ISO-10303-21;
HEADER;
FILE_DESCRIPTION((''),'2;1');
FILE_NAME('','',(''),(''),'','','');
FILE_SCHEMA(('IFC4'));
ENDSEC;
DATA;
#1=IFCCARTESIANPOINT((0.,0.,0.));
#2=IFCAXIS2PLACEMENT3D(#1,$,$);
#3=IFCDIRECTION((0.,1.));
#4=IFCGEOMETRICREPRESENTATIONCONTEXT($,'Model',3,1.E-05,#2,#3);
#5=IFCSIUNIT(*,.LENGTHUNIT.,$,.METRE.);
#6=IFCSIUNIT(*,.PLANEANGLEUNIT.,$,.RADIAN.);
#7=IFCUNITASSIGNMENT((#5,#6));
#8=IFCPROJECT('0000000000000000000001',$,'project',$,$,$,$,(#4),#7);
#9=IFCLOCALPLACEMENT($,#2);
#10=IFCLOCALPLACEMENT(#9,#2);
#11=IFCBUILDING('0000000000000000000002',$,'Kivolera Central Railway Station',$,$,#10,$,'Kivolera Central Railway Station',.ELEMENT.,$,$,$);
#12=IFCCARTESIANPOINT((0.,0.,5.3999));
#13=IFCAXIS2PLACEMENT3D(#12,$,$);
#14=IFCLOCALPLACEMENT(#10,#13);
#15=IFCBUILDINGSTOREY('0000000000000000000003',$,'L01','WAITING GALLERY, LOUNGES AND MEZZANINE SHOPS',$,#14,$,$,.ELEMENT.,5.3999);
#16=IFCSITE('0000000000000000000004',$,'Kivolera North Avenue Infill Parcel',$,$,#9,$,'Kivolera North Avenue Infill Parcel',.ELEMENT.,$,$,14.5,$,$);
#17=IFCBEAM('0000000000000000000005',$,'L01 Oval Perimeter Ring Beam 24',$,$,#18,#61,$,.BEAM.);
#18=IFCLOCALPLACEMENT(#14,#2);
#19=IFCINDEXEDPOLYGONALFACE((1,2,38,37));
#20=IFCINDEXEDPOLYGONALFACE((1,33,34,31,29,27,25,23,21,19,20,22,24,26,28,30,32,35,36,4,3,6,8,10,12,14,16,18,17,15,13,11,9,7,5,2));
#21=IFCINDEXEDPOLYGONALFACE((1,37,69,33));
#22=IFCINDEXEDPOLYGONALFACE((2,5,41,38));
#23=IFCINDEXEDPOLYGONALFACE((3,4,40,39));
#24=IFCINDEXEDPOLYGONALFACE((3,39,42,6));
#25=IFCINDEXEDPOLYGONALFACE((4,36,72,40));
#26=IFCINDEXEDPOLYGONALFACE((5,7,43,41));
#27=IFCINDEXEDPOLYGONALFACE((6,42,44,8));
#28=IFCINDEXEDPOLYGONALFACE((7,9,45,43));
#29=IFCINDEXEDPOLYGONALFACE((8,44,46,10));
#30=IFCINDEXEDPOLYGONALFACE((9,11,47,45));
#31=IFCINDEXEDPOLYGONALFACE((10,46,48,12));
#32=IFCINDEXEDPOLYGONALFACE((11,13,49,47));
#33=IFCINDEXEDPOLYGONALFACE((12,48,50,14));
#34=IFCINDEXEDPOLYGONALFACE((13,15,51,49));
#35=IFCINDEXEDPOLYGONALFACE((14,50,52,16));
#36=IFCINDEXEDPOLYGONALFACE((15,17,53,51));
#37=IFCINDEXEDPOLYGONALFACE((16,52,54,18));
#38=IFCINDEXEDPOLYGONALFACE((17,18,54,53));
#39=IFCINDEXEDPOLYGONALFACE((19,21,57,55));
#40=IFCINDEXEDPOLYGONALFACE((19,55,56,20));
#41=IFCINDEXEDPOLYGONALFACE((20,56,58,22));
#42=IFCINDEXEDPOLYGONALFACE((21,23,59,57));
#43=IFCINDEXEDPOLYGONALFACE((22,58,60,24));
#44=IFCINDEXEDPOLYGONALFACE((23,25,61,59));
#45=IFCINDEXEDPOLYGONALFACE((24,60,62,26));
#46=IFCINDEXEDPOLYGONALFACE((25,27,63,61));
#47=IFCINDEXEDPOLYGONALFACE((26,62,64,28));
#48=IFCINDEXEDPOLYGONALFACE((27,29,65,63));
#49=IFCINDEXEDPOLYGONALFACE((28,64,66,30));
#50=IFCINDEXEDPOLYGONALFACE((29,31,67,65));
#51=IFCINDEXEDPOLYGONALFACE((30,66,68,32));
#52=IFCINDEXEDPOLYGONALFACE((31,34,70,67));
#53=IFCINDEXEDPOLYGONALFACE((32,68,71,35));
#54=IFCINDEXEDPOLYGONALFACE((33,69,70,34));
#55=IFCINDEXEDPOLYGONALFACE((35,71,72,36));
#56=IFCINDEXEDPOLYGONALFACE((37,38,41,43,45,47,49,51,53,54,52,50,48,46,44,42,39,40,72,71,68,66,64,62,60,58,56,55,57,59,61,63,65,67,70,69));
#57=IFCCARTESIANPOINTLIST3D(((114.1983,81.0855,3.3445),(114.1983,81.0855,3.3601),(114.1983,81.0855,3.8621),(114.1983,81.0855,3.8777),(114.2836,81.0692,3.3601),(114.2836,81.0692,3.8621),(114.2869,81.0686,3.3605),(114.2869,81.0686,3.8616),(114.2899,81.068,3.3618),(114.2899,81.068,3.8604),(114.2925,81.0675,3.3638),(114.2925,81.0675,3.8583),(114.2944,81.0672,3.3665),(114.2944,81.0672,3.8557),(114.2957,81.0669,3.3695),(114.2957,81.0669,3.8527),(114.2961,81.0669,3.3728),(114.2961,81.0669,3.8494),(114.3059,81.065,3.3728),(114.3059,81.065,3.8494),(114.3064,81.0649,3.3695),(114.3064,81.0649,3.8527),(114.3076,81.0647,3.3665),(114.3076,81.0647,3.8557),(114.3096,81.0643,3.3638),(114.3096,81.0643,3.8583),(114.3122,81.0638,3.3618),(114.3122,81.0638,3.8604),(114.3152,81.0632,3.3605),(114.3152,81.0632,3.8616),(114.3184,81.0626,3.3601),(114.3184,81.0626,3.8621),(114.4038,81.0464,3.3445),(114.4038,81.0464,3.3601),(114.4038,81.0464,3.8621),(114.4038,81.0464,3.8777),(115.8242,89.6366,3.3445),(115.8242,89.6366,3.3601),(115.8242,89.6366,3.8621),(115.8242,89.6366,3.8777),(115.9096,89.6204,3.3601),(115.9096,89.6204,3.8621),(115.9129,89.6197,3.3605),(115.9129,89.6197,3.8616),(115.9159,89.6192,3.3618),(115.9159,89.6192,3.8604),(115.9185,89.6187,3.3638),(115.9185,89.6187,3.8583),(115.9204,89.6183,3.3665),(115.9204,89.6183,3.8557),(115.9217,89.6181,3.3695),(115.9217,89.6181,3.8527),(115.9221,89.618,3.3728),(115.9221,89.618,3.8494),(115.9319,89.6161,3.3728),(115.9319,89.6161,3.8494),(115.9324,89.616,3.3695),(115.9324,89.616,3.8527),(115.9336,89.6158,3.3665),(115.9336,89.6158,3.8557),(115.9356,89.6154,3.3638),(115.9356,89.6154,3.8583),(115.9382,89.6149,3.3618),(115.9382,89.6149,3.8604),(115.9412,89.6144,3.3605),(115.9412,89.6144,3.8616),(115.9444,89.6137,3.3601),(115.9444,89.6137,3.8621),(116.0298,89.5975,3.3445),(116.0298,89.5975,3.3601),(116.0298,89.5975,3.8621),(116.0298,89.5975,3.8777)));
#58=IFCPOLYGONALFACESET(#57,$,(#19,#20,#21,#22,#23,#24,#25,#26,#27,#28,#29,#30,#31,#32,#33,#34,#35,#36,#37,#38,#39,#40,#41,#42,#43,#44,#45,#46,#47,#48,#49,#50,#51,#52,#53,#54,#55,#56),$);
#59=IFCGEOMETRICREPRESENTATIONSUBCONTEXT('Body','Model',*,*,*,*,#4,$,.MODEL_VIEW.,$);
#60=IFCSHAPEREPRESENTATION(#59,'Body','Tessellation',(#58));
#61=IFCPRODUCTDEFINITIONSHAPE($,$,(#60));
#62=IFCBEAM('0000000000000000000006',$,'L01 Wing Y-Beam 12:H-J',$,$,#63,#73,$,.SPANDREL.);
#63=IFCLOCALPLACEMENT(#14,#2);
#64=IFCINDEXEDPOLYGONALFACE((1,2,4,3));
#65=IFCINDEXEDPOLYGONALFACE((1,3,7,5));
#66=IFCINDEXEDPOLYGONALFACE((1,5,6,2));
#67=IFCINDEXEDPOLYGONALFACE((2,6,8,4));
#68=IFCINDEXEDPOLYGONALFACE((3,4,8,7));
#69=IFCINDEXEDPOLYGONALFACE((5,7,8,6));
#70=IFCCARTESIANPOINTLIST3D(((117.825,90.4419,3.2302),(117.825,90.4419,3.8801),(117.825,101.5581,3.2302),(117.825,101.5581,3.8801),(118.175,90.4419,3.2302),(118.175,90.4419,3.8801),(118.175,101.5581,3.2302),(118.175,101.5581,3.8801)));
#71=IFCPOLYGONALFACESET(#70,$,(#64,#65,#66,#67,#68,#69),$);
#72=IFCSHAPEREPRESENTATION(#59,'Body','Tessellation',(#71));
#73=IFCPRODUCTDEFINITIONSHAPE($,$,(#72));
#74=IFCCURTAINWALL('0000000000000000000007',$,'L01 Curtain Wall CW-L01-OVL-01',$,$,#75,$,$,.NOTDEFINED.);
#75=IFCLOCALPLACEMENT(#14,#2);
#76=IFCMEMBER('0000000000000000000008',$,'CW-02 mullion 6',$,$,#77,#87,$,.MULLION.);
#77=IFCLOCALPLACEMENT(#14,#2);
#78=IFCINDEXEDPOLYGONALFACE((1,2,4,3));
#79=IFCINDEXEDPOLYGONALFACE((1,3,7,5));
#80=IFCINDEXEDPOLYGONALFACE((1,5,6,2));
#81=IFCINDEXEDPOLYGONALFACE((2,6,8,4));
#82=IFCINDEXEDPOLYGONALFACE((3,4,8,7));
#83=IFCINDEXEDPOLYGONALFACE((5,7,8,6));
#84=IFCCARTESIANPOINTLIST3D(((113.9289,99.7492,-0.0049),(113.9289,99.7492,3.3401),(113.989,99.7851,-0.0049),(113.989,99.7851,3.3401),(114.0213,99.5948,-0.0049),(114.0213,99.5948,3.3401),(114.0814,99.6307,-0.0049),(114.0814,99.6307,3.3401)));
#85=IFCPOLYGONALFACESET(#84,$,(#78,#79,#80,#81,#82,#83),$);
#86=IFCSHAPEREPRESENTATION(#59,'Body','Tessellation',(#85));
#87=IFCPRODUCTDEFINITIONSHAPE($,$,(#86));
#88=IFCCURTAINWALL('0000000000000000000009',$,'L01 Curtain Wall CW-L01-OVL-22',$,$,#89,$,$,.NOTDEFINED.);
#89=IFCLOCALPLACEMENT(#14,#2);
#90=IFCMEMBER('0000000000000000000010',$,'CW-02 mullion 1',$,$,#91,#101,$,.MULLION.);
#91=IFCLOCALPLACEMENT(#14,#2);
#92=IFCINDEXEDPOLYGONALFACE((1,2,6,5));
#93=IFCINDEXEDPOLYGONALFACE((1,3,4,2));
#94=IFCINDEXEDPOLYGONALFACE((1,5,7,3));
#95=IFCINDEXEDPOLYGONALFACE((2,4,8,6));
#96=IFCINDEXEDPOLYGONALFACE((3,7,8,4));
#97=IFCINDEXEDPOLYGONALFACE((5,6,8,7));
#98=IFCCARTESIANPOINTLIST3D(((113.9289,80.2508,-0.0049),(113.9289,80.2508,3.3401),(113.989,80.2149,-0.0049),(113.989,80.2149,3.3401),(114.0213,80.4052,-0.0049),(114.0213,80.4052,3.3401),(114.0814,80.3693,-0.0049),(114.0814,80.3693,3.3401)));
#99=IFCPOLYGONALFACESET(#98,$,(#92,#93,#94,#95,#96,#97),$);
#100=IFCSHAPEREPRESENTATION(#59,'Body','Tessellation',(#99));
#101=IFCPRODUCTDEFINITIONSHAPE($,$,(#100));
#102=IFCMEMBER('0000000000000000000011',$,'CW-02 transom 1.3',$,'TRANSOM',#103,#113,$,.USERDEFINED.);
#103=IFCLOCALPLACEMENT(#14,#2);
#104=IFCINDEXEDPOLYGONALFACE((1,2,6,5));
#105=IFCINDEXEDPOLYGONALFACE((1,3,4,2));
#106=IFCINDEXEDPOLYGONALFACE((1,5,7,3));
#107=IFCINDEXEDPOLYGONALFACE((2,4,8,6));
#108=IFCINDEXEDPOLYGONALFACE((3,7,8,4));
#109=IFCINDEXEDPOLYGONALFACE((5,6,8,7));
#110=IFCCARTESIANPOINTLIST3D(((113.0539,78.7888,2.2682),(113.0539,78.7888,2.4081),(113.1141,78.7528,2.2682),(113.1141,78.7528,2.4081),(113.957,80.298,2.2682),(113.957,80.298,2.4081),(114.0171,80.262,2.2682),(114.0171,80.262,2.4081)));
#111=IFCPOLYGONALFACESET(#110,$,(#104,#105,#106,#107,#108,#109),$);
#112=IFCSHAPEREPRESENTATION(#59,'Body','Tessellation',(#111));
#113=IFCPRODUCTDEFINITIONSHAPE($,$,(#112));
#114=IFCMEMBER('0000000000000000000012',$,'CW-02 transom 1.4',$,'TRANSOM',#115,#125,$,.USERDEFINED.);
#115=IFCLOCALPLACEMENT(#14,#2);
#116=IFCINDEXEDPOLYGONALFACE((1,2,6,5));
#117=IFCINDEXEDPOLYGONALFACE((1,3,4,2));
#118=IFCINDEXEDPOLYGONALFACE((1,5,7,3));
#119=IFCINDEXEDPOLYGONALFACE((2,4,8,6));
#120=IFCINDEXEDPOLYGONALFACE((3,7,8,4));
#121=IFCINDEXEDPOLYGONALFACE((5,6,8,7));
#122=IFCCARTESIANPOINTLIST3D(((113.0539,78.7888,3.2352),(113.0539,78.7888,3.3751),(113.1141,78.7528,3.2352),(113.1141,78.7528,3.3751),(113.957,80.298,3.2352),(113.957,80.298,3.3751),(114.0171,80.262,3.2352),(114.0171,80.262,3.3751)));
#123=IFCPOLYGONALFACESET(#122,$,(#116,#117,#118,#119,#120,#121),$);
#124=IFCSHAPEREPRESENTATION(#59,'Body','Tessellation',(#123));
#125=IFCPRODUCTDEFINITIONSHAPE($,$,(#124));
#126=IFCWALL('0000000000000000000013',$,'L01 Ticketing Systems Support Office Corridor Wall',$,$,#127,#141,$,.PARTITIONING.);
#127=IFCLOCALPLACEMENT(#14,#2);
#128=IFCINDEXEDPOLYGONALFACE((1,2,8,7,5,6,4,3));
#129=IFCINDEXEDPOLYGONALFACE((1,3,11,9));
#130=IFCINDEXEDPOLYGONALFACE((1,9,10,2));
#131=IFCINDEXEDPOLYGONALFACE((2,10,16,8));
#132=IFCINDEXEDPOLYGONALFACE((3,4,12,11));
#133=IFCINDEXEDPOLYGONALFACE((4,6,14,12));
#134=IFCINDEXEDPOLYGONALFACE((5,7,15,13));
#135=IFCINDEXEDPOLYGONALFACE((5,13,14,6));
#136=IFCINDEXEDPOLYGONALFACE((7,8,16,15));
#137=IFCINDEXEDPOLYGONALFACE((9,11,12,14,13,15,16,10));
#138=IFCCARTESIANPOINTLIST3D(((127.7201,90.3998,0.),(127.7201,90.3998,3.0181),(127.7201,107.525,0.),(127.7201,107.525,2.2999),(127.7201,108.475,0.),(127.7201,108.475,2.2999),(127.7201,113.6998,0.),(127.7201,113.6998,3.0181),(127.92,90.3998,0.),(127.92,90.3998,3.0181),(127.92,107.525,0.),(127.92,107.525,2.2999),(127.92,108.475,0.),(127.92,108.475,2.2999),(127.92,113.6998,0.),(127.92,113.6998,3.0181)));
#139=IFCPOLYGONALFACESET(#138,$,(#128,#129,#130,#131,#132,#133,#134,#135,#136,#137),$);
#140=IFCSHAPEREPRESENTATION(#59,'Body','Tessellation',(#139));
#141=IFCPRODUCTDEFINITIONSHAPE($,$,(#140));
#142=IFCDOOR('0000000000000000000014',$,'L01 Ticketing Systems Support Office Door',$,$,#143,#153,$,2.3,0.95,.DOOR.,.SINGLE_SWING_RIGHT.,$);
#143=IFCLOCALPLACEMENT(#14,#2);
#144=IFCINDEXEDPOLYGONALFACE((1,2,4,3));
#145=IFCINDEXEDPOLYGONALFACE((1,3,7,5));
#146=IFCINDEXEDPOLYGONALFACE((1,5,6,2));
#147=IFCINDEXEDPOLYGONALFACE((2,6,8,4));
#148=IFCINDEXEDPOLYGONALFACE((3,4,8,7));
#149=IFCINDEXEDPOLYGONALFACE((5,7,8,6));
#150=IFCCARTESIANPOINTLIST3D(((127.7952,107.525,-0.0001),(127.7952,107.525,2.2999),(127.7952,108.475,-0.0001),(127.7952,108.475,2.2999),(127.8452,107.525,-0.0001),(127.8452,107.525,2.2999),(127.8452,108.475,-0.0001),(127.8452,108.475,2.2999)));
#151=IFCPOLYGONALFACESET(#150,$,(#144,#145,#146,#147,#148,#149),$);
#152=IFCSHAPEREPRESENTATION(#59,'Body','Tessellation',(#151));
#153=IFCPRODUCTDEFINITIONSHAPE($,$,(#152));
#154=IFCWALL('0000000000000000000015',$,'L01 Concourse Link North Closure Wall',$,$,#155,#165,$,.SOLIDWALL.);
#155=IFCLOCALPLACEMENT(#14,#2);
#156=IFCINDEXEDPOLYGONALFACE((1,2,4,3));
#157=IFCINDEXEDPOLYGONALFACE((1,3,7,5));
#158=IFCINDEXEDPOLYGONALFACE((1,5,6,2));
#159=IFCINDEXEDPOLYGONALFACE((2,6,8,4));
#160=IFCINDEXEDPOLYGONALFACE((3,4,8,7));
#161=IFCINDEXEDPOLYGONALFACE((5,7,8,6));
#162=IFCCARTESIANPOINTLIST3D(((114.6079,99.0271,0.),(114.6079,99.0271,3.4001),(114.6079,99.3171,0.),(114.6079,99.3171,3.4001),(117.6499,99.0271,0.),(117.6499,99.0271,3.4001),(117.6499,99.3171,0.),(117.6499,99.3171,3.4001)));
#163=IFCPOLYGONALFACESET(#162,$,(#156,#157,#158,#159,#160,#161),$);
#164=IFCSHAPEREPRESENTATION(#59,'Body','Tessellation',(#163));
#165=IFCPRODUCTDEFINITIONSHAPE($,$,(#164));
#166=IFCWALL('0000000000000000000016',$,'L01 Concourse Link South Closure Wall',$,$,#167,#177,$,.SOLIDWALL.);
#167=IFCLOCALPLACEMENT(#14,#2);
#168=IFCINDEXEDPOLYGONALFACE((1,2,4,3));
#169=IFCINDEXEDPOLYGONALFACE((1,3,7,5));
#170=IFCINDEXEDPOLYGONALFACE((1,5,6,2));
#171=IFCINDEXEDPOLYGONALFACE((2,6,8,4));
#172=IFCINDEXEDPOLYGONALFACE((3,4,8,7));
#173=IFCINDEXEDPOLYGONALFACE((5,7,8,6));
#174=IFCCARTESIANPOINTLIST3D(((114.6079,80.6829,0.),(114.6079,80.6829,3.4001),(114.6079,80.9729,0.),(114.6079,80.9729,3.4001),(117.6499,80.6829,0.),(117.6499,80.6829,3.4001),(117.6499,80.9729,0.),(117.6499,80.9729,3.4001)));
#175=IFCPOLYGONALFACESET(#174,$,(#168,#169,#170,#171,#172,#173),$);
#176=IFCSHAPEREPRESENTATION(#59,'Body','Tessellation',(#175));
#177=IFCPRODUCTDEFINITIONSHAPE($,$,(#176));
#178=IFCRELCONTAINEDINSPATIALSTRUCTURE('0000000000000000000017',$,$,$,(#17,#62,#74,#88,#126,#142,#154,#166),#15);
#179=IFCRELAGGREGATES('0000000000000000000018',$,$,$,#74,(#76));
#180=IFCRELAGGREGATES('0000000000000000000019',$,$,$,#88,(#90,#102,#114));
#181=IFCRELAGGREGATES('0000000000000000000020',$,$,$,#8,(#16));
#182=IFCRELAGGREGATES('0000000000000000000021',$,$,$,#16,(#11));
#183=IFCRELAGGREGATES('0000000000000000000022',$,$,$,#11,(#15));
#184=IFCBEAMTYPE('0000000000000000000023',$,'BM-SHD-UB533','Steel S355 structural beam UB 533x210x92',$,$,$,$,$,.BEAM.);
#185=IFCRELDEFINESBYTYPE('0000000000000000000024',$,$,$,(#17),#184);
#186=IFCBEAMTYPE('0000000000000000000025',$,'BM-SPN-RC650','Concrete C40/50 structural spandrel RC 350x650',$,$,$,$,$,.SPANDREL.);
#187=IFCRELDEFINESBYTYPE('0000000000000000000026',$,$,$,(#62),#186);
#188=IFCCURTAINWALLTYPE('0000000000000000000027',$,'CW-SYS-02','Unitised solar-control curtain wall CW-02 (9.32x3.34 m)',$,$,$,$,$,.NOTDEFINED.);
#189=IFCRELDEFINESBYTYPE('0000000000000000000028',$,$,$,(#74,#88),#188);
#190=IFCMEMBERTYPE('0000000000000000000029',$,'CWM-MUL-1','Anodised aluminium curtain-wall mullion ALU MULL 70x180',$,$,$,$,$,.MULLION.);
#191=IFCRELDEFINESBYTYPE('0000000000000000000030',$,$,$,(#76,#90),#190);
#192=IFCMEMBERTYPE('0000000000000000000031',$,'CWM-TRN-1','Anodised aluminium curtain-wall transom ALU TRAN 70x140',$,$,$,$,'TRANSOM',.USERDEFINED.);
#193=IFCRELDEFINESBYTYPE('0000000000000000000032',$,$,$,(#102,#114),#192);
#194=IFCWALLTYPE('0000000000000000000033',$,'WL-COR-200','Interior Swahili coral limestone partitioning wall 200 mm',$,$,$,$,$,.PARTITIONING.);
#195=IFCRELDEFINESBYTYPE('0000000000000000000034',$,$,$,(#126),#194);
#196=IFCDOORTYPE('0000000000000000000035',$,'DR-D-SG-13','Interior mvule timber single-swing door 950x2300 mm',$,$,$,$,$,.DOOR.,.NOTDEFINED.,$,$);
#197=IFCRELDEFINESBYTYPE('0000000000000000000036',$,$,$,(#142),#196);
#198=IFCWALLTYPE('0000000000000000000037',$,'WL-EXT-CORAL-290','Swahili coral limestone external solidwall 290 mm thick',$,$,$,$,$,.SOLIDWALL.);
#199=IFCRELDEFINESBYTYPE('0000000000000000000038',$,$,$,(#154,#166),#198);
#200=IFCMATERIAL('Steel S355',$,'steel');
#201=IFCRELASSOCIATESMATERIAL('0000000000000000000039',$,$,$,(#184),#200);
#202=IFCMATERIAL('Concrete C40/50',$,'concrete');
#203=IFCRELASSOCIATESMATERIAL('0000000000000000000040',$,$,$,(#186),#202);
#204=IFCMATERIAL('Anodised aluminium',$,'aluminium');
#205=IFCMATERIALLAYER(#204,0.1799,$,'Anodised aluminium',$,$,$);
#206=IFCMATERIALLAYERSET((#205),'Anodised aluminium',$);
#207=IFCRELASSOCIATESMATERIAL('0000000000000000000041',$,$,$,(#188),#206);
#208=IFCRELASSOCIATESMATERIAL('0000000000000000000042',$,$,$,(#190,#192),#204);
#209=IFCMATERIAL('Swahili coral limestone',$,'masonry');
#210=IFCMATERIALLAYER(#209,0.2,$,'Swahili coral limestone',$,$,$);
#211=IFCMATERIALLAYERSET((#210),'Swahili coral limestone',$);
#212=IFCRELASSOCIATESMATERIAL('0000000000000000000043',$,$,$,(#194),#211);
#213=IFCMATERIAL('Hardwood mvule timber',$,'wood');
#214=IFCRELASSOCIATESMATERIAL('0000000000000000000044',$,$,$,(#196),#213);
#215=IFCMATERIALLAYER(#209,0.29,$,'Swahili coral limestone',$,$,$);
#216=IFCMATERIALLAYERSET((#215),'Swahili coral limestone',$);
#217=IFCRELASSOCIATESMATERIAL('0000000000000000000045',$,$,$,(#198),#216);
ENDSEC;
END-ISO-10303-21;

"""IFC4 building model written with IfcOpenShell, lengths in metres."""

from ifc_helpers import new_model, si_unit, direction, frame, frame_2d, origin, origin_2d, place, context, subcontext, project, spatial, rectangle, i_section, extrude, material, layer, layer_set, material_profile, profile_set, type_object, element, fill, aggregate, save


model = new_model("IFC4")

# Units and contexts
model_context = context("Model", 3, precision=1e-05, world=origin(), true_north=direction((0.0, 1.0)))
body_context = subcontext(model_context, "Body", "Model", "MODEL_VIEW")
ifc_project = project(units=[si_unit("LENGTHUNIT", "METRE"), si_unit("PLANEANGLEUNIT", "RADIAN")], contexts=[model_context])

# Site, building, storey
site_placement = place(None, origin())
site = spatial("IfcSite", under=ifc_project, at=site_placement, Name="Kivolera North Avenue Infill Parcel", LongName="Kivolera North Avenue Infill Parcel", CompositionType="ELEMENT", RefElevation=14.5)
building_placement = place(site_placement, origin())
building = spatial("IfcBuilding", under=site, at=building_placement, Name="Kivolera Central Railway Station", LongName="Kivolera Central Railway Station", CompositionType="ELEMENT")
storey_placement = place(building_placement, frame((0.0, 0.0, 5.3999)))
storey = spatial("IfcBuildingStorey", under=building, at=storey_placement, Name="L01", Description="WAITING GALLERY, LOUNGES AND MEZZANINE SHOPS", CompositionType="ELEMENT", Elevation=5.3999)

# Shared definitions
ifc_material_1 = material(Name="Concrete C40/50", Category="concrete")

# Beams
ifc_material_2 = material(Name="Steel S355", Category="steel")
ifc_material_profile_1 = material_profile(ifc_material_2, i_section(OverallWidth=0.2092, OverallDepth=0.5332, WebThickness=0.01, FlangeThickness=0.0156, FilletRadius=0.0127, at=origin_2d()), Name="UB 533x210x92")
ifc_profile_set_1 = profile_set([ifc_material_profile_1], Name="Steel S355")
beam_type_1 = type_object("IfcBeamType", Name="BM-SHD-UB533", Description="Steel S355 structural beam UB 533x210x92", PredefinedType="BEAM", material=ifc_profile_set_1)
beam_1_placement = place(storey_placement, frame((114.301, 81.0659, 3.6111), z_axis=(0.186803, 0.982397, 0.0), x_axis=(-0.982397, 0.186803, 0.0)))
element("IfcBeam", 1, at=beam_1_placement, inside=storey, type_object=beam_type_1, Name="L01 Oval Perimeter Ring Beam 24", PredefinedType="BEAM", context=body_context, shape_type="SweptSolid", body=[
    extrude(i_section(OverallWidth=0.2092, OverallDepth=0.5332, WebThickness=0.01, FlangeThickness=0.0156, FilletRadius=0.0127, at=origin_2d()), origin(), (0.0, 0.0, 1.0), 8.7043),
])
ifc_material_profile_2 = material_profile(ifc_material_1, rectangle(XDim=0.3501, YDim=0.6499, at=origin_2d()), Name="RC 350x650")
ifc_profile_set_2 = profile_set([ifc_material_profile_2], Name="Concrete C40/50")
beam_type_2 = type_object("IfcBeamType", Name="BM-SPN-RC650", Description="Concrete C40/50 structural spandrel RC 350x650", PredefinedType="SPANDREL", material=ifc_profile_set_2)
beam_2_placement = place(storey_placement, frame((118.0, 90.4419, 3.5552), z_axis=(0.0, 1.0, 0.0), x_axis=(-1.0, 0.0, 0.0)))
element("IfcBeam", 2, at=beam_2_placement, inside=storey, type_object=beam_type_2, Name="L01 Wing Y-Beam 12:H-J", PredefinedType="SPANDREL", context=body_context, shape_type="SweptSolid", body=[
    extrude(rectangle(XDim=0.3501, YDim=0.6499, at=origin_2d()), origin(), (0.0, 0.0, 1.0), 11.1162),
])

# Curtain wall, member
ifc_material_3 = material(Name="Anodised aluminium", Category="aluminium")
ifc_layer_1 = layer(ifc_material_3, 0.1799, Name="Anodised aluminium")
ifc_layer_set_1 = layer_set([ifc_layer_1], Name="Anodised aluminium")
curtain_wall_type = type_object("IfcCurtainWallType", Name="CW-SYS-02", Description="Unitised solar-control curtain wall CW-02 (9.32x3.34 m)", PredefinedType="NOTDEFINED", material=ifc_layer_set_1)
curtain_wall_1_placement = place(storey_placement, origin())
curtain_wall_1 = element("IfcCurtainWall", 3, at=curtain_wall_1_placement, inside=storey, type_object=curtain_wall_type, Name="L01 Curtain Wall CW-L01-OVL-01", PredefinedType="NOTDEFINED")
ifc_material_profile_3 = material_profile(ifc_material_3, rectangle(XDim=0.0701, YDim=0.1799, at=origin_2d()), Name="ALU MULL 70x180")
ifc_profile_set_3 = profile_set([ifc_material_profile_3], Name="Anodised aluminium")
member_type_1 = type_object("IfcMemberType", Name="CWM-MUL-1", Description="Anodised aluminium curtain-wall mullion ALU MULL 70x180", PredefinedType="MULLION", material=ifc_profile_set_3)
member_1_placement = place(storey_placement, frame((114.0051, 99.6899, -0.0049), z_axis=(0.0, 0.0, 1.0), x_axis=(0.858117, 0.513454, 0.0)))
member_1 = element("IfcMember", 4, at=member_1_placement, type_object=member_type_1, Name="CW-02 mullion 6", PredefinedType="MULLION", context=body_context, shape_type="SweptSolid", body=[
    extrude(rectangle(XDim=0.0701, YDim=0.1799, at=origin_2d()), origin(), (0.0, 0.0, 1.0), 3.345),
])
aggregate(curtain_wall_1, [member_1])

# Curtain wall, members
curtain_wall_2_placement = place(storey_placement, origin())
curtain_wall_2 = element("IfcCurtainWall", 5, at=curtain_wall_2_placement, inside=storey, type_object=curtain_wall_type, Name="L01 Curtain Wall CW-L01-OVL-22", PredefinedType="NOTDEFINED")
member_2_placement = place(storey_placement, frame((114.0051, 80.3101, -0.0049), z_axis=(0.0, 0.0, 1.0), x_axis=(0.858117, -0.513454, 0.0)))
member_2 = element("IfcMember", 6, at=member_2_placement, type_object=member_type_1, Name="CW-02 mullion 1", PredefinedType="MULLION", context=body_context, shape_type="SweptSolid", body=[
    extrude(rectangle(XDim=0.0701, YDim=0.1799, at=origin_2d()), origin(), (0.0, 0.0, 1.0), 3.345),
])
ifc_material_profile_4 = material_profile(ifc_material_3, rectangle(XDim=0.0701, YDim=0.1399, at=origin_2d()), Name="ALU TRAN 70x140")
ifc_profile_set_4 = profile_set([ifc_material_profile_4], Name="Anodised aluminium")
member_type_2 = type_object("IfcMemberType", Name="CWM-TRN-1", Description="Anodised aluminium curtain-wall transom ALU TRAN 70x140", ElementType="TRANSOM", PredefinedType="USERDEFINED", material=ifc_profile_set_4)
member_3_placement = place(storey_placement, frame((113.9871, 80.28, 2.3381), z_axis=(-0.513454, -0.858117, 0.0), x_axis=(0.858117, -0.513454, 0.0)))
member_3 = element("IfcMember", 7, at=member_3_placement, type_object=member_type_2, Name="CW-02 transom 1.3", ObjectType="TRANSOM", PredefinedType="USERDEFINED", context=body_context, shape_type="SweptSolid", body=[
    extrude(rectangle(XDim=0.0701, YDim=0.1399, at=origin_2d()), origin(), (0.0, 0.0, 1.0), 1.7588),
])
member_4_placement = place(storey_placement, frame((113.9871, 80.28, 3.3052), z_axis=(-0.513454, -0.858117, 0.0), x_axis=(0.858117, -0.513454, 0.0)))
member_4 = element("IfcMember", 8, at=member_4_placement, type_object=member_type_2, Name="CW-02 transom 1.4", ObjectType="TRANSOM", PredefinedType="USERDEFINED", context=body_context, shape_type="SweptSolid", body=[
    extrude(rectangle(XDim=0.0701, YDim=0.1399, at=origin_2d()), origin(), (0.0, 0.0, 1.0), 1.7588),
])
aggregate(curtain_wall_2, [member_2, member_3, member_4])

# Wall, opening, door
ifc_material_4 = material(Name="Swahili coral limestone", Category="masonry")
ifc_layer_2 = layer(ifc_material_4, 0.2, Name="Swahili coral limestone")
ifc_layer_set_2 = layer_set([ifc_layer_2], Name="Swahili coral limestone")
wall_type_1 = type_object("IfcWallType", Name="WL-COR-200", Description="Interior Swahili coral limestone partitioning wall 200 mm", PredefinedType="PARTITIONING", material=ifc_layer_set_2)
wall_1_placement = place(storey_placement, frame((127.8201, 90.3999, 0.0), z_axis=(0.0, 0.0, 1.0), x_axis=(0.0, 1.0, 0.0)))
wall_1 = element("IfcWall", 9, at=wall_1_placement, inside=storey, type_object=wall_type_1, Name="L01 Ticketing Systems Support Office Corridor Wall", PredefinedType="PARTITIONING", context=body_context, shape_type="SweptSolid", body=[
    extrude(rectangle(XDim=23.3, YDim=0.2, at=frame_2d((11.6499, 0.0))), origin(), (0.0, 0.0, 1.0), 3.0181),
])
opening_placement = place(wall_1_placement, frame((17.125, 0.0, 0.0)))
opening = element("IfcOpeningElement", 10, at=opening_placement, cuts=wall_1, PredefinedType="OPENING", context=body_context, shape_type="SweptSolid", body=[
    extrude(rectangle(XDim=0.95, YDim=2.3, at=frame_2d((0.4751, 1.1499))), frame((0.0, 0.1099, 0.0), z_axis=(0.0, -1.0, 0.0), x_axis=(1.0, 0.0, 0.0)), (0.0, 0.0, 1.0), 0.22),
])
ifc_material_5 = material(Name="Hardwood mvule timber", Category="wood")
door_type = type_object("IfcDoorType", Name="DR-D-SG-13", Description="Interior mvule timber single-swing door 950x2300 mm", OperationType="NOTDEFINED", PredefinedType="DOOR", material=ifc_material_5)
door_placement = place(opening_placement, origin())
door = element("IfcDoor", 11, at=door_placement, inside=storey, type_object=door_type, Name="L01 Ticketing Systems Support Office Door", OperationType="SINGLE_SWING_RIGHT", OverallHeight=2.3, OverallWidth=0.95, PredefinedType="DOOR", context=body_context, shape_type="SweptSolid", body=[
    extrude(rectangle(XDim=0.95, YDim=2.3, at=frame_2d((0.4751, 1.1499))), frame((0.0, 0.0249, 0.0), z_axis=(0.0, -1.0, 0.0), x_axis=(1.0, 0.0, 0.0)), (0.0, 0.0, 1.0), 0.05),
])
fill(opening, door)

# Walls
ifc_layer_3 = layer(ifc_material_4, 0.29, Name="Swahili coral limestone")
ifc_layer_set_3 = layer_set([ifc_layer_3], Name="Swahili coral limestone")
wall_type_2 = type_object("IfcWallType", Name="WL-EXT-CORAL-290", Description="Swahili coral limestone external solidwall 290 mm thick", PredefinedType="SOLIDWALL", material=ifc_layer_set_3)
for number, where, z_axis, x_axis, name in (
    (12, (114.6079, 99.1721, 0.0), (0.0, 0.0, 1.0), (1.0, 0.0, 0.0), "L01 Concourse Link North Closure Wall"),
    (13, (117.6499, 80.8279, 0.0), (0.0, 0.0, 1.0), (-1.0, 0.0, 0.0), "L01 Concourse Link South Closure Wall"),
):
    element("IfcWall", number, at=place(storey_placement, frame(where, z_axis=z_axis, x_axis=x_axis)), inside=storey, type_object=wall_type_2, Name=name, PredefinedType="SOLIDWALL", context=body_context, shape_type="SweptSolid", body=[
        extrude(rectangle(XDim=3.042, YDim=0.29, at=frame_2d((1.521, 0.0))), origin(), (0.0, 0.0, 1.0), 3.4001),
    ])

save(model, "model.ifc")
